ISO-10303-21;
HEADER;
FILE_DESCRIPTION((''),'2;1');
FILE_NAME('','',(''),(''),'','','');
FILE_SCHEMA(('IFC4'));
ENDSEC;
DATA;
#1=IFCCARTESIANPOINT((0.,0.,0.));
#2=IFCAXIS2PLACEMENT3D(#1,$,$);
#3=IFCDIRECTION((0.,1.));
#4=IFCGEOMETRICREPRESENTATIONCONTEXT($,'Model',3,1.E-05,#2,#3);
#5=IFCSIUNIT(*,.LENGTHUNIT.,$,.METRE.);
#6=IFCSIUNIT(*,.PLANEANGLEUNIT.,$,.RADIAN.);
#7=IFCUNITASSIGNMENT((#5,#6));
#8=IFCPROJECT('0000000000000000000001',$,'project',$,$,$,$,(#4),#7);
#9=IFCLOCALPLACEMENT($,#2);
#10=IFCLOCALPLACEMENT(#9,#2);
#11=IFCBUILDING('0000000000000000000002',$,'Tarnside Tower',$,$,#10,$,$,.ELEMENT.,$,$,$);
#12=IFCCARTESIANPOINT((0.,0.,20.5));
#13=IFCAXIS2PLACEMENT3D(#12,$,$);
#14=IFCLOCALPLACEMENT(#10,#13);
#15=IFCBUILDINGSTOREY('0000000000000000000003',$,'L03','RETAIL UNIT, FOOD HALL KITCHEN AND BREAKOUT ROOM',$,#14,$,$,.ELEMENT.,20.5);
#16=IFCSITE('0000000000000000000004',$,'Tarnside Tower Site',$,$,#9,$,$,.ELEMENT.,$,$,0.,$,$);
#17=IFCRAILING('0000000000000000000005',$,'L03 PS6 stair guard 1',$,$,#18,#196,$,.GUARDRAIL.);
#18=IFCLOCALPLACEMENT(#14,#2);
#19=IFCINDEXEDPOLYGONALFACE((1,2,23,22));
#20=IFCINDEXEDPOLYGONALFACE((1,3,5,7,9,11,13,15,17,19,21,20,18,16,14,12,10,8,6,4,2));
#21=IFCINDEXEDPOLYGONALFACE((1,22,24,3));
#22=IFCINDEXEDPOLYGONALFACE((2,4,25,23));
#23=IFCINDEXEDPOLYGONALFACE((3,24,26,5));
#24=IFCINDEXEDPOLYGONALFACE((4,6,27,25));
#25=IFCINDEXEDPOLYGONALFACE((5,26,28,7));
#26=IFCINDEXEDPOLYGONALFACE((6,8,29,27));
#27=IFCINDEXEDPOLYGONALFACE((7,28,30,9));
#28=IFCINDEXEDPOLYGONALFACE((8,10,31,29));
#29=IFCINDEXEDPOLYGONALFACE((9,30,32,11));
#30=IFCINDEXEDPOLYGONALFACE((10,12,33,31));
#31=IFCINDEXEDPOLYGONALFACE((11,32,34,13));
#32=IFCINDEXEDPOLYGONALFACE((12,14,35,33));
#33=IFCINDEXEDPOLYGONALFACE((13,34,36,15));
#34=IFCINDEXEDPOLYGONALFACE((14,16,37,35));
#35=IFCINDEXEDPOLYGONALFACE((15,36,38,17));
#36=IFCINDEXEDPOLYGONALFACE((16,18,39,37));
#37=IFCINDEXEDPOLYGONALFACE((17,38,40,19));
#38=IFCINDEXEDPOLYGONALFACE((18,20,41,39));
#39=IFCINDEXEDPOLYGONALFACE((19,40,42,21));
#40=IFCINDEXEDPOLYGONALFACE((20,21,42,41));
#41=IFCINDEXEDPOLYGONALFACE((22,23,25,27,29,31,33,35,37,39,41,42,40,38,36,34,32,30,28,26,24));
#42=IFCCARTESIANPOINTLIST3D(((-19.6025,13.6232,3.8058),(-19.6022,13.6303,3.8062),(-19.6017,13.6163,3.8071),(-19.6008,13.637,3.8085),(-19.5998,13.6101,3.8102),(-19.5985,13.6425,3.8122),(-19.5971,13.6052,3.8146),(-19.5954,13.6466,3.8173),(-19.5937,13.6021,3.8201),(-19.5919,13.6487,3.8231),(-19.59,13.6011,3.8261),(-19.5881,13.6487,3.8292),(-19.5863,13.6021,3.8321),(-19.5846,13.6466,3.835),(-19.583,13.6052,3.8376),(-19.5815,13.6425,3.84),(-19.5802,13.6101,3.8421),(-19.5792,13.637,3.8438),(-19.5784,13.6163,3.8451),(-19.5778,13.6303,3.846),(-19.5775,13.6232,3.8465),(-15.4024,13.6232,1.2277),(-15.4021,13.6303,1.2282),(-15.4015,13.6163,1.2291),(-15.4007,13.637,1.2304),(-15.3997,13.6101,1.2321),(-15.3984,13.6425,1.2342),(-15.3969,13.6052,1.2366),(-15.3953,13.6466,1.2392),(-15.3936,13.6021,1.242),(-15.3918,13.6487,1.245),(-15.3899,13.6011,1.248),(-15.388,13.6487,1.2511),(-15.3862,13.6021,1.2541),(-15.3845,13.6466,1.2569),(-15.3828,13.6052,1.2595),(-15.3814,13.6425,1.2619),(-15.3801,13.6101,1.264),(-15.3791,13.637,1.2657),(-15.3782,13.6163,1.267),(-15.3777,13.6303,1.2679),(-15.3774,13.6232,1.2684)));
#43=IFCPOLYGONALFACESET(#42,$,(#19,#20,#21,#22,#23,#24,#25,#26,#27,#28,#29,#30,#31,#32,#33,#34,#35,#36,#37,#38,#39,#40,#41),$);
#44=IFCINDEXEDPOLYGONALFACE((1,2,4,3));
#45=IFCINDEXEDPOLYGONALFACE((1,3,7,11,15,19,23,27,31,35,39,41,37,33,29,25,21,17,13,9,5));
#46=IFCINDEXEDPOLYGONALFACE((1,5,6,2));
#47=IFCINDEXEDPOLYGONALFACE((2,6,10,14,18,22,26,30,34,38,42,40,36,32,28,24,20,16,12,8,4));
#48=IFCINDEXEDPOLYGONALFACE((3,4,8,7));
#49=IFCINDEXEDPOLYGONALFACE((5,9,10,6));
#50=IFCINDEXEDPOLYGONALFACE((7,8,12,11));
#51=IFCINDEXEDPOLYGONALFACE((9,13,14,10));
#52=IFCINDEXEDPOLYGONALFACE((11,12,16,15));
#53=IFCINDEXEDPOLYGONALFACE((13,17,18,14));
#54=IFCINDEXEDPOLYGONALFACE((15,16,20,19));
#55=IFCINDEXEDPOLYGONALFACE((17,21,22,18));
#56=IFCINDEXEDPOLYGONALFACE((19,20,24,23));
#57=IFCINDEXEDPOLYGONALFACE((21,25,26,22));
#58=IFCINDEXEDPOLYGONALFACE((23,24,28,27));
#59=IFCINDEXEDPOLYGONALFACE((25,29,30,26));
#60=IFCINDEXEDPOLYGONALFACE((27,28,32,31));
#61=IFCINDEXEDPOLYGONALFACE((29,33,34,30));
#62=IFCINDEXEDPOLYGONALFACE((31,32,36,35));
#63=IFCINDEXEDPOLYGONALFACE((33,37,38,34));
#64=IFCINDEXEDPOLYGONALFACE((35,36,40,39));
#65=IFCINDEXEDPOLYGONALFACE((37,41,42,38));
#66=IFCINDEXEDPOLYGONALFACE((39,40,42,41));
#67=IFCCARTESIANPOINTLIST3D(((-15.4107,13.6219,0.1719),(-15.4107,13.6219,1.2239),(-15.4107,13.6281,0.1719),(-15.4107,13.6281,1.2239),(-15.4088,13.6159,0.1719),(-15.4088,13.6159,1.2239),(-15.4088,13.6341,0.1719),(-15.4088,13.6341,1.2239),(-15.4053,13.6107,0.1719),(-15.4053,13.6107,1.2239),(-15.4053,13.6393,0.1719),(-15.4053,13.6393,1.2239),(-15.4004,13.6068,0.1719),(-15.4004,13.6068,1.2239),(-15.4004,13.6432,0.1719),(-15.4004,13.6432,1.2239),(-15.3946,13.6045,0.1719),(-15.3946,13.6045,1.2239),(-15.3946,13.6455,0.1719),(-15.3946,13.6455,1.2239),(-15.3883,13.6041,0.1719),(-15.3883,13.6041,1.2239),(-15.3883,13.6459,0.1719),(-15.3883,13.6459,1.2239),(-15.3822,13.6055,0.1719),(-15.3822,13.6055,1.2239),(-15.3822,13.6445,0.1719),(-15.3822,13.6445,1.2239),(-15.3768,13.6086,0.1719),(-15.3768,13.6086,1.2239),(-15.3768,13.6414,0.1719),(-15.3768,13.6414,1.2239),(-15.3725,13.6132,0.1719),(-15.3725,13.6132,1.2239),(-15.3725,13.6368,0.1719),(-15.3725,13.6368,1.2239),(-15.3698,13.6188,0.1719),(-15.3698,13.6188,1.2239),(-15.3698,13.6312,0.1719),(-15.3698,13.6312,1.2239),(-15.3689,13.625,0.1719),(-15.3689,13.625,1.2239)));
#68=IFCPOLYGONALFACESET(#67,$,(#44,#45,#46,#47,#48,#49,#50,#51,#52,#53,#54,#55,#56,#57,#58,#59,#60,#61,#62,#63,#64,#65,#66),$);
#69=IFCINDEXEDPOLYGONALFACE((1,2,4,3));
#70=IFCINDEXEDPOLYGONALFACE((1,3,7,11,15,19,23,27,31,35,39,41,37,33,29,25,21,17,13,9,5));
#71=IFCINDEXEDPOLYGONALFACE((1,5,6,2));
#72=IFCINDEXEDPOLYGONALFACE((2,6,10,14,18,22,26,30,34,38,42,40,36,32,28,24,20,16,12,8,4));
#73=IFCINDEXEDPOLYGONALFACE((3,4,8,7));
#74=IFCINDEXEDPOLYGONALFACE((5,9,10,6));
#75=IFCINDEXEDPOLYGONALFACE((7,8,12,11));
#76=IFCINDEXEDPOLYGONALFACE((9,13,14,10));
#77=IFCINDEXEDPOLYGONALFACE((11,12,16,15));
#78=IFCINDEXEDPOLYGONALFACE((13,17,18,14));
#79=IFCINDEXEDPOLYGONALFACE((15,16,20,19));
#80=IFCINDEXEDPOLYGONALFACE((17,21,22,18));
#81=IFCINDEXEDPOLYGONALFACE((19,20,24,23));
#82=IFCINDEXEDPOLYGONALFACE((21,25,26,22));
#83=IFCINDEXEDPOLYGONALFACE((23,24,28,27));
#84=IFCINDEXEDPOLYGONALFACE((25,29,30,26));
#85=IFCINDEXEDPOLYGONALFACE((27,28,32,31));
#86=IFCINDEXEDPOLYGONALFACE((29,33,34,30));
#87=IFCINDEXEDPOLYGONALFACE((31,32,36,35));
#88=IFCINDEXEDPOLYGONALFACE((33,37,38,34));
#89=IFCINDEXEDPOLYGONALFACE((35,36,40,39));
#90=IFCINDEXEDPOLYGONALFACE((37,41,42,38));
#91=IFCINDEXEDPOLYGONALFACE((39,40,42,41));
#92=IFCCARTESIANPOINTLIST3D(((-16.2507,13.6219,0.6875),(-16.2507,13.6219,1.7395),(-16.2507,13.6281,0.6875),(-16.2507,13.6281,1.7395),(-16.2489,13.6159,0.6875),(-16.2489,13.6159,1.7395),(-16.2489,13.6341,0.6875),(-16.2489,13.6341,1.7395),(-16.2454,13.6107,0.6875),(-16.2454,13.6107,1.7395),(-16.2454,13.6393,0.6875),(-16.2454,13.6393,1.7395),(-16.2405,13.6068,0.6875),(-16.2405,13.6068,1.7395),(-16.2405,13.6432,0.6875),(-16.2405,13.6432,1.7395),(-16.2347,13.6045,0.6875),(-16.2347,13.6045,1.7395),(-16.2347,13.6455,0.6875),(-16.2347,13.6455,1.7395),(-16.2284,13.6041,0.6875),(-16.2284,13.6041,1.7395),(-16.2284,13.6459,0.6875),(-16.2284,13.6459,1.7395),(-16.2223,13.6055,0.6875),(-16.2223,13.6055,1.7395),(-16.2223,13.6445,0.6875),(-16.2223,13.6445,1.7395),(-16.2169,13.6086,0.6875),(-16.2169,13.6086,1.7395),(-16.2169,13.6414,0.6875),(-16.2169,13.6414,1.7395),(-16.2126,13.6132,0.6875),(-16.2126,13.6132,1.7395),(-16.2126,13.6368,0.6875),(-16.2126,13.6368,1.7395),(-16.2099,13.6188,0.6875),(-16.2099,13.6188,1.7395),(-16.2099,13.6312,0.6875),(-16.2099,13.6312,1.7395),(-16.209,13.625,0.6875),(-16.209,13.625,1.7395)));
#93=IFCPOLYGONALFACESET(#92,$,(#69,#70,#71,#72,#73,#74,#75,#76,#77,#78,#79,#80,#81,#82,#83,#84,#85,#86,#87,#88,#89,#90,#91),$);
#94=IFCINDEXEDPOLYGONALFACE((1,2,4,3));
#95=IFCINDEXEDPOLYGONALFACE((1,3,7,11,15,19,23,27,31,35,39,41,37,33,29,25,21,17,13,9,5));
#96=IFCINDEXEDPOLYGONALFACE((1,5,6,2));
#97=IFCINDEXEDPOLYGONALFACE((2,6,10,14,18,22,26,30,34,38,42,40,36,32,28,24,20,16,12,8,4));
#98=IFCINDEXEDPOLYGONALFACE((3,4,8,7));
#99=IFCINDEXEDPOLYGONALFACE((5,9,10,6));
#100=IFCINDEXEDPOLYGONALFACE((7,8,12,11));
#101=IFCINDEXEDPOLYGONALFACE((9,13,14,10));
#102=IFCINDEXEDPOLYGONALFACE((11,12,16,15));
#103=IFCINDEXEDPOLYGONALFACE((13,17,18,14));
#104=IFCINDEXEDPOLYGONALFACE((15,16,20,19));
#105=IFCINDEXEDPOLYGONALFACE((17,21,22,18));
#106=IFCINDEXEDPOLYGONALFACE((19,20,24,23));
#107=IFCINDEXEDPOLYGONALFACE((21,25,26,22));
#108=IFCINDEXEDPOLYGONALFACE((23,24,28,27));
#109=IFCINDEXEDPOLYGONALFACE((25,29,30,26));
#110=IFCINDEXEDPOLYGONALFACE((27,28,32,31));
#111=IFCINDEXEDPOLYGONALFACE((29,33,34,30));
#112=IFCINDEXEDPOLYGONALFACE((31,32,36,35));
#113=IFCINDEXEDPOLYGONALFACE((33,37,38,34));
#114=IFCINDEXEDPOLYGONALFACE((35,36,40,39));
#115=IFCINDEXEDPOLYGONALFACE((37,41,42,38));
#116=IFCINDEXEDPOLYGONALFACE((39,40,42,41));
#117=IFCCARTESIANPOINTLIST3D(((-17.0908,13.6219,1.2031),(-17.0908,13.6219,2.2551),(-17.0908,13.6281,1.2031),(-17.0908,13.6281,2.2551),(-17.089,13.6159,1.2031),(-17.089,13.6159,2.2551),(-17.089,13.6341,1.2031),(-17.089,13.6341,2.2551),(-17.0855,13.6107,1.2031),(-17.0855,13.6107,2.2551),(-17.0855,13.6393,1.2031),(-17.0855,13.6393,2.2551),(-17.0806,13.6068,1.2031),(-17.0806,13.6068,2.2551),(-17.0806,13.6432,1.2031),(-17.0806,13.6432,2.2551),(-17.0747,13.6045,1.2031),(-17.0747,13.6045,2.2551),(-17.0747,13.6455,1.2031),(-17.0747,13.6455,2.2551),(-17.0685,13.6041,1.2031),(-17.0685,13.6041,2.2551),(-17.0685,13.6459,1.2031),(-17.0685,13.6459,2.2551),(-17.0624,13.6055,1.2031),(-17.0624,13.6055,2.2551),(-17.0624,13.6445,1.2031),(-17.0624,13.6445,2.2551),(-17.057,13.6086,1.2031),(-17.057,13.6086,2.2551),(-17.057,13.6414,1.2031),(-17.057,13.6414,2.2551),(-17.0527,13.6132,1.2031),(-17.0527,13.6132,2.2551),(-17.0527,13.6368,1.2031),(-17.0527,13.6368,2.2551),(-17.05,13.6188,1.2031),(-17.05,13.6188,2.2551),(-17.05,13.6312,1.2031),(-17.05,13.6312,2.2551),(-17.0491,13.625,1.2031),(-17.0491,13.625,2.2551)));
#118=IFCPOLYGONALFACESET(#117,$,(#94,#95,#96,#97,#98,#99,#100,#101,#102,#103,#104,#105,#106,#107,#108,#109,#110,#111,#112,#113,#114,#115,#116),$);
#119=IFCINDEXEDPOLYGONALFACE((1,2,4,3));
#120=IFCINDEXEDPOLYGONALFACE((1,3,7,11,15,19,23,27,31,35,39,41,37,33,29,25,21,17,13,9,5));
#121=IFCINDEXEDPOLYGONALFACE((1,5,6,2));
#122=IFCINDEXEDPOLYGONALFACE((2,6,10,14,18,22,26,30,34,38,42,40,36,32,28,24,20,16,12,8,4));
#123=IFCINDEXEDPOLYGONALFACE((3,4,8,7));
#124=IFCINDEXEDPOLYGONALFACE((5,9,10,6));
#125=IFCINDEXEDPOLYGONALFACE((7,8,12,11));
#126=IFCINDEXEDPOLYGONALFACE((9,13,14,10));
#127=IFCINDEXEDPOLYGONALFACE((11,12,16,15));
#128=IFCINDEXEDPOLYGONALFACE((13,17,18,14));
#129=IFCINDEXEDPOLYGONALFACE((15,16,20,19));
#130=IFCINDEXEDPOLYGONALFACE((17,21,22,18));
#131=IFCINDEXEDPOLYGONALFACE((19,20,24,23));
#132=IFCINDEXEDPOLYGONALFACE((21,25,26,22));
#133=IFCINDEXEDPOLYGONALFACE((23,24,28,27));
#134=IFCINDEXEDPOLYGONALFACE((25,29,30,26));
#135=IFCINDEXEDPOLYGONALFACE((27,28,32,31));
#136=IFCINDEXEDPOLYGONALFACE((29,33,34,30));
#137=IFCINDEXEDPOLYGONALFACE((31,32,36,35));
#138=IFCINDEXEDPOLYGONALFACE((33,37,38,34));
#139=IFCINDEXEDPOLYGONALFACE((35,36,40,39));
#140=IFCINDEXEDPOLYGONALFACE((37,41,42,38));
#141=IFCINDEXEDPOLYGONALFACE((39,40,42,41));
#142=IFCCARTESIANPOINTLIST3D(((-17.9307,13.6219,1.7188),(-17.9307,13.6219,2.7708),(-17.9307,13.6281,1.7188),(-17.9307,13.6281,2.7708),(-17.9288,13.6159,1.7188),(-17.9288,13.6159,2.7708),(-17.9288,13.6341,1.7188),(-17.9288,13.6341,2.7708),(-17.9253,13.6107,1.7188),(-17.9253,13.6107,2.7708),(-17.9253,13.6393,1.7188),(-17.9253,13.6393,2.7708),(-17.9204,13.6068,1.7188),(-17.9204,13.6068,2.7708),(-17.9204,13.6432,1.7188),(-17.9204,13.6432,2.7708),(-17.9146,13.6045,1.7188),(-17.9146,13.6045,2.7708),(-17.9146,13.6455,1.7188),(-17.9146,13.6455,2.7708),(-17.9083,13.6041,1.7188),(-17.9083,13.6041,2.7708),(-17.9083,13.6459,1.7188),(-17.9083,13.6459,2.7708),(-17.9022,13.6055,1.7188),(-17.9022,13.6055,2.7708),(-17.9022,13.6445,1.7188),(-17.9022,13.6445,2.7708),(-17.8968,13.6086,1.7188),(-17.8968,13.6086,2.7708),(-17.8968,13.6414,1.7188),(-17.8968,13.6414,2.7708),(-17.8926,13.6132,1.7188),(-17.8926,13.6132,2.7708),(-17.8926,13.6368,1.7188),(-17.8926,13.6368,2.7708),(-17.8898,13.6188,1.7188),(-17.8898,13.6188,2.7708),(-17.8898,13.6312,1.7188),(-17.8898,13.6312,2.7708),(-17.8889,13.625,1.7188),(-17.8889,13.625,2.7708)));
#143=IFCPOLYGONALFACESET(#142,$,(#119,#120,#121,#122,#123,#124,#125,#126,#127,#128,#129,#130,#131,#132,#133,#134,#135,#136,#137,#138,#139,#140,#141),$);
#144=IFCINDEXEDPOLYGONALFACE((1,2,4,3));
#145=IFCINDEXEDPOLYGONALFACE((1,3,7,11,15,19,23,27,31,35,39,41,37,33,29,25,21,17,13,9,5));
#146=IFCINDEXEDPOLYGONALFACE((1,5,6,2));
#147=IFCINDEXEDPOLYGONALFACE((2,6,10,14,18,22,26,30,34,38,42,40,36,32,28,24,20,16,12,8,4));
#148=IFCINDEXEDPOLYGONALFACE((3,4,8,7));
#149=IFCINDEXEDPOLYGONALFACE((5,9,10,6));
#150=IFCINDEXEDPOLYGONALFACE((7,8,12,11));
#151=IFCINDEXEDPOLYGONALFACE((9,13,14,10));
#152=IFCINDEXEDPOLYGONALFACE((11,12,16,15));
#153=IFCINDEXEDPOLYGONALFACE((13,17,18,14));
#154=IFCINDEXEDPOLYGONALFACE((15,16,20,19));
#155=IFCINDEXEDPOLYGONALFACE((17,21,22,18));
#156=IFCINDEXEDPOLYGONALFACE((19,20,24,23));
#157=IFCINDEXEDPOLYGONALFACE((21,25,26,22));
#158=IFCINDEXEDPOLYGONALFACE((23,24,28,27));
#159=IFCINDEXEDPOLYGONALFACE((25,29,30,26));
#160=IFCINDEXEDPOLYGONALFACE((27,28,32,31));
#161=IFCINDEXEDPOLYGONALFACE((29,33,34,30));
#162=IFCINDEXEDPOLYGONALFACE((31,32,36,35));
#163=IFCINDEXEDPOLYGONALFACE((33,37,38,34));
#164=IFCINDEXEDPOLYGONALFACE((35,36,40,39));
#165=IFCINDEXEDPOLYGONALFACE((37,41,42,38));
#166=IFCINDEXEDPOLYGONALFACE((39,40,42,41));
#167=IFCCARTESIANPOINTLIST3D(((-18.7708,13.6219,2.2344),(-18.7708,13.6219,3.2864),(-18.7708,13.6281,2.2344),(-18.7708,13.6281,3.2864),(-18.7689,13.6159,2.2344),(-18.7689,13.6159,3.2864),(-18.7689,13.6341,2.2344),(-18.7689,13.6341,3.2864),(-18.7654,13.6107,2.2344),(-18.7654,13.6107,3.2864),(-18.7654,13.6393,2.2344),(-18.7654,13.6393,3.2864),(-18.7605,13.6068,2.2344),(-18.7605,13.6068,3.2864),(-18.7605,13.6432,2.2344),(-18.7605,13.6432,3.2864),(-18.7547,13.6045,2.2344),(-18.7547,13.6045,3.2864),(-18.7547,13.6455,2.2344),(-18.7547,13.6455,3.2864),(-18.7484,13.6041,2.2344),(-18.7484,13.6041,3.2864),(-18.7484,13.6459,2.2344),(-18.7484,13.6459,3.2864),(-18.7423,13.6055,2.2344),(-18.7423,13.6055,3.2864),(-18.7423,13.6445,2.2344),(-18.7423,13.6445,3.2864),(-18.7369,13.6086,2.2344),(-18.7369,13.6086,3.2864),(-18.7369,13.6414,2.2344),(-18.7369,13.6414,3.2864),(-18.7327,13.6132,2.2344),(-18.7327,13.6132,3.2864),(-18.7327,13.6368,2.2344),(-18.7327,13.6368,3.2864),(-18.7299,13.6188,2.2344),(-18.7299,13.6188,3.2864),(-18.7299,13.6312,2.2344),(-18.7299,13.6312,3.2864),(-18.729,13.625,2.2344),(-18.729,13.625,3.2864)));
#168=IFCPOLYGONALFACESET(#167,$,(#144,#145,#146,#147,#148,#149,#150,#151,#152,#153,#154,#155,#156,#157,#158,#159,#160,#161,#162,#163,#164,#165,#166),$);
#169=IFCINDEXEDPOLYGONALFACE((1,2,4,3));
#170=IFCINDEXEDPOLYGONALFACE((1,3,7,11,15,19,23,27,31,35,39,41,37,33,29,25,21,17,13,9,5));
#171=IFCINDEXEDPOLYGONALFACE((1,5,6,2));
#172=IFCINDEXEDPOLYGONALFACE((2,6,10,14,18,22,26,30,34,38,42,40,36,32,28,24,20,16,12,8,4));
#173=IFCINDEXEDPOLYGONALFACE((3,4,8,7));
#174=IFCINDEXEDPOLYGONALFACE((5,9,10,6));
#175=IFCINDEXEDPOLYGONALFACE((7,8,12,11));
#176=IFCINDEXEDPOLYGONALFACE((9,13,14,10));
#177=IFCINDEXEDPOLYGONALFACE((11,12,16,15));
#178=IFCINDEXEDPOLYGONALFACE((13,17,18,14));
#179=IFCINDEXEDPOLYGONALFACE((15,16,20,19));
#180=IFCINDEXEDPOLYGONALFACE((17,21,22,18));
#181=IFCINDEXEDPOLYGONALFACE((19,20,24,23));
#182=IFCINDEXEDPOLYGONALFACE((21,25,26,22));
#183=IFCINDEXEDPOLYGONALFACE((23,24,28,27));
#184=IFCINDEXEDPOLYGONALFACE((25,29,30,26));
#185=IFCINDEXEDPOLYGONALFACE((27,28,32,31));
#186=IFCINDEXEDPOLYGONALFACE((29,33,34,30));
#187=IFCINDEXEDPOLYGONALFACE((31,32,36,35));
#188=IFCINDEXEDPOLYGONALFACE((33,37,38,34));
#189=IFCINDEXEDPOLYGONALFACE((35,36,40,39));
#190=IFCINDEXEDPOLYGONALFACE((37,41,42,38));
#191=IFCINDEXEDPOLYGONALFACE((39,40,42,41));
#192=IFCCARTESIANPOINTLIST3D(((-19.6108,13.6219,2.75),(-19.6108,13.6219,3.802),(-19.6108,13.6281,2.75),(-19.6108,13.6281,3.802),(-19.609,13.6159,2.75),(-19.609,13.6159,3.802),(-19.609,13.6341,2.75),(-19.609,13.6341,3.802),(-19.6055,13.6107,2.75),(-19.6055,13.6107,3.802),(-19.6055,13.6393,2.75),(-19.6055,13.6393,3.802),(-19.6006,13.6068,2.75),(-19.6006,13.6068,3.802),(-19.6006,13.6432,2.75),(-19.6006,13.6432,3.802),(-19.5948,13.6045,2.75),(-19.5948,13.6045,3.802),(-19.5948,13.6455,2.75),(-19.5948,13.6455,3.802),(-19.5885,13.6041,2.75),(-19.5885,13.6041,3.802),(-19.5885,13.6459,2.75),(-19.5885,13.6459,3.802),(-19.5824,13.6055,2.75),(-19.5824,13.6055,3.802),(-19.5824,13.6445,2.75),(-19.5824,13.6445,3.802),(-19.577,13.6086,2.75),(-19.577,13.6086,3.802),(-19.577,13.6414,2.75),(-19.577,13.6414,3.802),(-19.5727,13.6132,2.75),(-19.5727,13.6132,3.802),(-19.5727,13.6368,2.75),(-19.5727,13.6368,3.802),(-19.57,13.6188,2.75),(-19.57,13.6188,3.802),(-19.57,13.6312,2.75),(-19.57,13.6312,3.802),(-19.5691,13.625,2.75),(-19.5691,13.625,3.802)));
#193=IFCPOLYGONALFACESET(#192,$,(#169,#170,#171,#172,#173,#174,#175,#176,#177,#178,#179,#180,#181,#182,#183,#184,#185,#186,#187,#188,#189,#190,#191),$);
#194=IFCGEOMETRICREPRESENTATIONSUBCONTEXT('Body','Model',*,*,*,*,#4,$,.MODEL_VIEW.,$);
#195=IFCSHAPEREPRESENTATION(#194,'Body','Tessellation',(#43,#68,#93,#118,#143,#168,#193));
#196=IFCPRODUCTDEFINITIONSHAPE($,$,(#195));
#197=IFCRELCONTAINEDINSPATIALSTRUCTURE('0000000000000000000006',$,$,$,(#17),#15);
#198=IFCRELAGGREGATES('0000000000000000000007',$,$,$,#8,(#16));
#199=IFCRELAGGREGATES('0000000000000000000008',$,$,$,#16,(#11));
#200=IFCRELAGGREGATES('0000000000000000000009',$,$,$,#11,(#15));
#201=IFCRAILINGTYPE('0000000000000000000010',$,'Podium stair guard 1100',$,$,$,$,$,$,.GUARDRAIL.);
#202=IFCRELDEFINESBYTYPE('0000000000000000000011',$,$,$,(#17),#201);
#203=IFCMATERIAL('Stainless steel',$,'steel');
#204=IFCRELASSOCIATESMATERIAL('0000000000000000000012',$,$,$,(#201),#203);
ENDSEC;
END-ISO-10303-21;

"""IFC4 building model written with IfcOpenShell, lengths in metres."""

from ifc_helpers import new_model, si_unit, direction, frame, origin, origin_2d, place, context, subcontext, project, spatial, circle, extrude, material, type_object, element, save


model = new_model("IFC4")

# Units and contexts
model_context = context("Model", 3, precision=1e-05, world=origin(), true_north=direction((0.0, 1.0)))
body_context = subcontext(model_context, "Body", "Model", "MODEL_VIEW")
ifc_project = project(units=[si_unit("LENGTHUNIT", "METRE"), si_unit("PLANEANGLEUNIT", "RADIAN")], contexts=[model_context])

# Site, building, storey
site_placement = place(None, origin())
site = spatial("IfcSite", under=ifc_project, at=site_placement, Name="Tarnside Tower Site", CompositionType="ELEMENT", RefElevation=0.0)
building_placement = place(site_placement, origin())
building = spatial("IfcBuilding", under=site, at=building_placement, Name="Tarnside Tower", CompositionType="ELEMENT")
storey_placement = place(building_placement, frame((0.0, 0.0, 20.5)))
storey = spatial("IfcBuildingStorey", under=building, at=storey_placement, Name="L03", Description="RETAIL UNIT, FOOD HALL KITCHEN AND BREAKOUT ROOM", CompositionType="ELEMENT", Elevation=20.5)

# Railing
ifc_material_1 = material(Name="Stainless steel", Category="steel")
railing_type = type_object("IfcRailingType", Name="Podium stair guard 1100", PredefinedType="GUARDRAIL", material=ifc_material_1)
railing_1_placement = place(storey_placement, frame((-15.3899, 13.625, 0.1719)))
element("IfcRailing", 1, at=railing_1_placement, inside=storey, type_object=railing_type, Name="L03 PS6 stair guard 1", PredefinedType="GUARDRAIL", context=body_context, shape_type="SweptSolid", body=[
    extrude(circle(Radius=0.0239, at=origin_2d()), frame((0.0, 0.0, 1.0762), z_axis=(-0.852256, 0.0, 0.523124), x_axis=(0.0, -1.0, 0.0)), (0.0, 0.0, 1.0), 4.9282),
    extrude(circle(Radius=0.021, at=origin_2d()), origin(), (0.0, 0.0, 1.0), 1.052),
    extrude(circle(Radius=0.021, at=origin_2d()), frame((-0.8401, 0.0, 0.5156)), (0.0, 0.0, 1.0), 1.052),
    extrude(circle(Radius=0.021, at=origin_2d()), frame((-1.6802, 0.0, 1.0312)), (0.0, 0.0, 1.0), 1.052),
    extrude(circle(Radius=0.021, at=origin_2d()), frame((-2.52, 0.0, 1.5469)), (0.0, 0.0, 1.0), 1.052),
    extrude(circle(Radius=0.021, at=origin_2d()), frame((-3.3601, 0.0, 2.0625)), (0.0, 0.0, 1.0), 1.052),
    extrude(circle(Radius=0.021, at=origin_2d()), frame((-4.2002, 0.0, 2.5781)), (0.0, 0.0, 1.0), 1.052),
])

save(model, "model.ifc")
